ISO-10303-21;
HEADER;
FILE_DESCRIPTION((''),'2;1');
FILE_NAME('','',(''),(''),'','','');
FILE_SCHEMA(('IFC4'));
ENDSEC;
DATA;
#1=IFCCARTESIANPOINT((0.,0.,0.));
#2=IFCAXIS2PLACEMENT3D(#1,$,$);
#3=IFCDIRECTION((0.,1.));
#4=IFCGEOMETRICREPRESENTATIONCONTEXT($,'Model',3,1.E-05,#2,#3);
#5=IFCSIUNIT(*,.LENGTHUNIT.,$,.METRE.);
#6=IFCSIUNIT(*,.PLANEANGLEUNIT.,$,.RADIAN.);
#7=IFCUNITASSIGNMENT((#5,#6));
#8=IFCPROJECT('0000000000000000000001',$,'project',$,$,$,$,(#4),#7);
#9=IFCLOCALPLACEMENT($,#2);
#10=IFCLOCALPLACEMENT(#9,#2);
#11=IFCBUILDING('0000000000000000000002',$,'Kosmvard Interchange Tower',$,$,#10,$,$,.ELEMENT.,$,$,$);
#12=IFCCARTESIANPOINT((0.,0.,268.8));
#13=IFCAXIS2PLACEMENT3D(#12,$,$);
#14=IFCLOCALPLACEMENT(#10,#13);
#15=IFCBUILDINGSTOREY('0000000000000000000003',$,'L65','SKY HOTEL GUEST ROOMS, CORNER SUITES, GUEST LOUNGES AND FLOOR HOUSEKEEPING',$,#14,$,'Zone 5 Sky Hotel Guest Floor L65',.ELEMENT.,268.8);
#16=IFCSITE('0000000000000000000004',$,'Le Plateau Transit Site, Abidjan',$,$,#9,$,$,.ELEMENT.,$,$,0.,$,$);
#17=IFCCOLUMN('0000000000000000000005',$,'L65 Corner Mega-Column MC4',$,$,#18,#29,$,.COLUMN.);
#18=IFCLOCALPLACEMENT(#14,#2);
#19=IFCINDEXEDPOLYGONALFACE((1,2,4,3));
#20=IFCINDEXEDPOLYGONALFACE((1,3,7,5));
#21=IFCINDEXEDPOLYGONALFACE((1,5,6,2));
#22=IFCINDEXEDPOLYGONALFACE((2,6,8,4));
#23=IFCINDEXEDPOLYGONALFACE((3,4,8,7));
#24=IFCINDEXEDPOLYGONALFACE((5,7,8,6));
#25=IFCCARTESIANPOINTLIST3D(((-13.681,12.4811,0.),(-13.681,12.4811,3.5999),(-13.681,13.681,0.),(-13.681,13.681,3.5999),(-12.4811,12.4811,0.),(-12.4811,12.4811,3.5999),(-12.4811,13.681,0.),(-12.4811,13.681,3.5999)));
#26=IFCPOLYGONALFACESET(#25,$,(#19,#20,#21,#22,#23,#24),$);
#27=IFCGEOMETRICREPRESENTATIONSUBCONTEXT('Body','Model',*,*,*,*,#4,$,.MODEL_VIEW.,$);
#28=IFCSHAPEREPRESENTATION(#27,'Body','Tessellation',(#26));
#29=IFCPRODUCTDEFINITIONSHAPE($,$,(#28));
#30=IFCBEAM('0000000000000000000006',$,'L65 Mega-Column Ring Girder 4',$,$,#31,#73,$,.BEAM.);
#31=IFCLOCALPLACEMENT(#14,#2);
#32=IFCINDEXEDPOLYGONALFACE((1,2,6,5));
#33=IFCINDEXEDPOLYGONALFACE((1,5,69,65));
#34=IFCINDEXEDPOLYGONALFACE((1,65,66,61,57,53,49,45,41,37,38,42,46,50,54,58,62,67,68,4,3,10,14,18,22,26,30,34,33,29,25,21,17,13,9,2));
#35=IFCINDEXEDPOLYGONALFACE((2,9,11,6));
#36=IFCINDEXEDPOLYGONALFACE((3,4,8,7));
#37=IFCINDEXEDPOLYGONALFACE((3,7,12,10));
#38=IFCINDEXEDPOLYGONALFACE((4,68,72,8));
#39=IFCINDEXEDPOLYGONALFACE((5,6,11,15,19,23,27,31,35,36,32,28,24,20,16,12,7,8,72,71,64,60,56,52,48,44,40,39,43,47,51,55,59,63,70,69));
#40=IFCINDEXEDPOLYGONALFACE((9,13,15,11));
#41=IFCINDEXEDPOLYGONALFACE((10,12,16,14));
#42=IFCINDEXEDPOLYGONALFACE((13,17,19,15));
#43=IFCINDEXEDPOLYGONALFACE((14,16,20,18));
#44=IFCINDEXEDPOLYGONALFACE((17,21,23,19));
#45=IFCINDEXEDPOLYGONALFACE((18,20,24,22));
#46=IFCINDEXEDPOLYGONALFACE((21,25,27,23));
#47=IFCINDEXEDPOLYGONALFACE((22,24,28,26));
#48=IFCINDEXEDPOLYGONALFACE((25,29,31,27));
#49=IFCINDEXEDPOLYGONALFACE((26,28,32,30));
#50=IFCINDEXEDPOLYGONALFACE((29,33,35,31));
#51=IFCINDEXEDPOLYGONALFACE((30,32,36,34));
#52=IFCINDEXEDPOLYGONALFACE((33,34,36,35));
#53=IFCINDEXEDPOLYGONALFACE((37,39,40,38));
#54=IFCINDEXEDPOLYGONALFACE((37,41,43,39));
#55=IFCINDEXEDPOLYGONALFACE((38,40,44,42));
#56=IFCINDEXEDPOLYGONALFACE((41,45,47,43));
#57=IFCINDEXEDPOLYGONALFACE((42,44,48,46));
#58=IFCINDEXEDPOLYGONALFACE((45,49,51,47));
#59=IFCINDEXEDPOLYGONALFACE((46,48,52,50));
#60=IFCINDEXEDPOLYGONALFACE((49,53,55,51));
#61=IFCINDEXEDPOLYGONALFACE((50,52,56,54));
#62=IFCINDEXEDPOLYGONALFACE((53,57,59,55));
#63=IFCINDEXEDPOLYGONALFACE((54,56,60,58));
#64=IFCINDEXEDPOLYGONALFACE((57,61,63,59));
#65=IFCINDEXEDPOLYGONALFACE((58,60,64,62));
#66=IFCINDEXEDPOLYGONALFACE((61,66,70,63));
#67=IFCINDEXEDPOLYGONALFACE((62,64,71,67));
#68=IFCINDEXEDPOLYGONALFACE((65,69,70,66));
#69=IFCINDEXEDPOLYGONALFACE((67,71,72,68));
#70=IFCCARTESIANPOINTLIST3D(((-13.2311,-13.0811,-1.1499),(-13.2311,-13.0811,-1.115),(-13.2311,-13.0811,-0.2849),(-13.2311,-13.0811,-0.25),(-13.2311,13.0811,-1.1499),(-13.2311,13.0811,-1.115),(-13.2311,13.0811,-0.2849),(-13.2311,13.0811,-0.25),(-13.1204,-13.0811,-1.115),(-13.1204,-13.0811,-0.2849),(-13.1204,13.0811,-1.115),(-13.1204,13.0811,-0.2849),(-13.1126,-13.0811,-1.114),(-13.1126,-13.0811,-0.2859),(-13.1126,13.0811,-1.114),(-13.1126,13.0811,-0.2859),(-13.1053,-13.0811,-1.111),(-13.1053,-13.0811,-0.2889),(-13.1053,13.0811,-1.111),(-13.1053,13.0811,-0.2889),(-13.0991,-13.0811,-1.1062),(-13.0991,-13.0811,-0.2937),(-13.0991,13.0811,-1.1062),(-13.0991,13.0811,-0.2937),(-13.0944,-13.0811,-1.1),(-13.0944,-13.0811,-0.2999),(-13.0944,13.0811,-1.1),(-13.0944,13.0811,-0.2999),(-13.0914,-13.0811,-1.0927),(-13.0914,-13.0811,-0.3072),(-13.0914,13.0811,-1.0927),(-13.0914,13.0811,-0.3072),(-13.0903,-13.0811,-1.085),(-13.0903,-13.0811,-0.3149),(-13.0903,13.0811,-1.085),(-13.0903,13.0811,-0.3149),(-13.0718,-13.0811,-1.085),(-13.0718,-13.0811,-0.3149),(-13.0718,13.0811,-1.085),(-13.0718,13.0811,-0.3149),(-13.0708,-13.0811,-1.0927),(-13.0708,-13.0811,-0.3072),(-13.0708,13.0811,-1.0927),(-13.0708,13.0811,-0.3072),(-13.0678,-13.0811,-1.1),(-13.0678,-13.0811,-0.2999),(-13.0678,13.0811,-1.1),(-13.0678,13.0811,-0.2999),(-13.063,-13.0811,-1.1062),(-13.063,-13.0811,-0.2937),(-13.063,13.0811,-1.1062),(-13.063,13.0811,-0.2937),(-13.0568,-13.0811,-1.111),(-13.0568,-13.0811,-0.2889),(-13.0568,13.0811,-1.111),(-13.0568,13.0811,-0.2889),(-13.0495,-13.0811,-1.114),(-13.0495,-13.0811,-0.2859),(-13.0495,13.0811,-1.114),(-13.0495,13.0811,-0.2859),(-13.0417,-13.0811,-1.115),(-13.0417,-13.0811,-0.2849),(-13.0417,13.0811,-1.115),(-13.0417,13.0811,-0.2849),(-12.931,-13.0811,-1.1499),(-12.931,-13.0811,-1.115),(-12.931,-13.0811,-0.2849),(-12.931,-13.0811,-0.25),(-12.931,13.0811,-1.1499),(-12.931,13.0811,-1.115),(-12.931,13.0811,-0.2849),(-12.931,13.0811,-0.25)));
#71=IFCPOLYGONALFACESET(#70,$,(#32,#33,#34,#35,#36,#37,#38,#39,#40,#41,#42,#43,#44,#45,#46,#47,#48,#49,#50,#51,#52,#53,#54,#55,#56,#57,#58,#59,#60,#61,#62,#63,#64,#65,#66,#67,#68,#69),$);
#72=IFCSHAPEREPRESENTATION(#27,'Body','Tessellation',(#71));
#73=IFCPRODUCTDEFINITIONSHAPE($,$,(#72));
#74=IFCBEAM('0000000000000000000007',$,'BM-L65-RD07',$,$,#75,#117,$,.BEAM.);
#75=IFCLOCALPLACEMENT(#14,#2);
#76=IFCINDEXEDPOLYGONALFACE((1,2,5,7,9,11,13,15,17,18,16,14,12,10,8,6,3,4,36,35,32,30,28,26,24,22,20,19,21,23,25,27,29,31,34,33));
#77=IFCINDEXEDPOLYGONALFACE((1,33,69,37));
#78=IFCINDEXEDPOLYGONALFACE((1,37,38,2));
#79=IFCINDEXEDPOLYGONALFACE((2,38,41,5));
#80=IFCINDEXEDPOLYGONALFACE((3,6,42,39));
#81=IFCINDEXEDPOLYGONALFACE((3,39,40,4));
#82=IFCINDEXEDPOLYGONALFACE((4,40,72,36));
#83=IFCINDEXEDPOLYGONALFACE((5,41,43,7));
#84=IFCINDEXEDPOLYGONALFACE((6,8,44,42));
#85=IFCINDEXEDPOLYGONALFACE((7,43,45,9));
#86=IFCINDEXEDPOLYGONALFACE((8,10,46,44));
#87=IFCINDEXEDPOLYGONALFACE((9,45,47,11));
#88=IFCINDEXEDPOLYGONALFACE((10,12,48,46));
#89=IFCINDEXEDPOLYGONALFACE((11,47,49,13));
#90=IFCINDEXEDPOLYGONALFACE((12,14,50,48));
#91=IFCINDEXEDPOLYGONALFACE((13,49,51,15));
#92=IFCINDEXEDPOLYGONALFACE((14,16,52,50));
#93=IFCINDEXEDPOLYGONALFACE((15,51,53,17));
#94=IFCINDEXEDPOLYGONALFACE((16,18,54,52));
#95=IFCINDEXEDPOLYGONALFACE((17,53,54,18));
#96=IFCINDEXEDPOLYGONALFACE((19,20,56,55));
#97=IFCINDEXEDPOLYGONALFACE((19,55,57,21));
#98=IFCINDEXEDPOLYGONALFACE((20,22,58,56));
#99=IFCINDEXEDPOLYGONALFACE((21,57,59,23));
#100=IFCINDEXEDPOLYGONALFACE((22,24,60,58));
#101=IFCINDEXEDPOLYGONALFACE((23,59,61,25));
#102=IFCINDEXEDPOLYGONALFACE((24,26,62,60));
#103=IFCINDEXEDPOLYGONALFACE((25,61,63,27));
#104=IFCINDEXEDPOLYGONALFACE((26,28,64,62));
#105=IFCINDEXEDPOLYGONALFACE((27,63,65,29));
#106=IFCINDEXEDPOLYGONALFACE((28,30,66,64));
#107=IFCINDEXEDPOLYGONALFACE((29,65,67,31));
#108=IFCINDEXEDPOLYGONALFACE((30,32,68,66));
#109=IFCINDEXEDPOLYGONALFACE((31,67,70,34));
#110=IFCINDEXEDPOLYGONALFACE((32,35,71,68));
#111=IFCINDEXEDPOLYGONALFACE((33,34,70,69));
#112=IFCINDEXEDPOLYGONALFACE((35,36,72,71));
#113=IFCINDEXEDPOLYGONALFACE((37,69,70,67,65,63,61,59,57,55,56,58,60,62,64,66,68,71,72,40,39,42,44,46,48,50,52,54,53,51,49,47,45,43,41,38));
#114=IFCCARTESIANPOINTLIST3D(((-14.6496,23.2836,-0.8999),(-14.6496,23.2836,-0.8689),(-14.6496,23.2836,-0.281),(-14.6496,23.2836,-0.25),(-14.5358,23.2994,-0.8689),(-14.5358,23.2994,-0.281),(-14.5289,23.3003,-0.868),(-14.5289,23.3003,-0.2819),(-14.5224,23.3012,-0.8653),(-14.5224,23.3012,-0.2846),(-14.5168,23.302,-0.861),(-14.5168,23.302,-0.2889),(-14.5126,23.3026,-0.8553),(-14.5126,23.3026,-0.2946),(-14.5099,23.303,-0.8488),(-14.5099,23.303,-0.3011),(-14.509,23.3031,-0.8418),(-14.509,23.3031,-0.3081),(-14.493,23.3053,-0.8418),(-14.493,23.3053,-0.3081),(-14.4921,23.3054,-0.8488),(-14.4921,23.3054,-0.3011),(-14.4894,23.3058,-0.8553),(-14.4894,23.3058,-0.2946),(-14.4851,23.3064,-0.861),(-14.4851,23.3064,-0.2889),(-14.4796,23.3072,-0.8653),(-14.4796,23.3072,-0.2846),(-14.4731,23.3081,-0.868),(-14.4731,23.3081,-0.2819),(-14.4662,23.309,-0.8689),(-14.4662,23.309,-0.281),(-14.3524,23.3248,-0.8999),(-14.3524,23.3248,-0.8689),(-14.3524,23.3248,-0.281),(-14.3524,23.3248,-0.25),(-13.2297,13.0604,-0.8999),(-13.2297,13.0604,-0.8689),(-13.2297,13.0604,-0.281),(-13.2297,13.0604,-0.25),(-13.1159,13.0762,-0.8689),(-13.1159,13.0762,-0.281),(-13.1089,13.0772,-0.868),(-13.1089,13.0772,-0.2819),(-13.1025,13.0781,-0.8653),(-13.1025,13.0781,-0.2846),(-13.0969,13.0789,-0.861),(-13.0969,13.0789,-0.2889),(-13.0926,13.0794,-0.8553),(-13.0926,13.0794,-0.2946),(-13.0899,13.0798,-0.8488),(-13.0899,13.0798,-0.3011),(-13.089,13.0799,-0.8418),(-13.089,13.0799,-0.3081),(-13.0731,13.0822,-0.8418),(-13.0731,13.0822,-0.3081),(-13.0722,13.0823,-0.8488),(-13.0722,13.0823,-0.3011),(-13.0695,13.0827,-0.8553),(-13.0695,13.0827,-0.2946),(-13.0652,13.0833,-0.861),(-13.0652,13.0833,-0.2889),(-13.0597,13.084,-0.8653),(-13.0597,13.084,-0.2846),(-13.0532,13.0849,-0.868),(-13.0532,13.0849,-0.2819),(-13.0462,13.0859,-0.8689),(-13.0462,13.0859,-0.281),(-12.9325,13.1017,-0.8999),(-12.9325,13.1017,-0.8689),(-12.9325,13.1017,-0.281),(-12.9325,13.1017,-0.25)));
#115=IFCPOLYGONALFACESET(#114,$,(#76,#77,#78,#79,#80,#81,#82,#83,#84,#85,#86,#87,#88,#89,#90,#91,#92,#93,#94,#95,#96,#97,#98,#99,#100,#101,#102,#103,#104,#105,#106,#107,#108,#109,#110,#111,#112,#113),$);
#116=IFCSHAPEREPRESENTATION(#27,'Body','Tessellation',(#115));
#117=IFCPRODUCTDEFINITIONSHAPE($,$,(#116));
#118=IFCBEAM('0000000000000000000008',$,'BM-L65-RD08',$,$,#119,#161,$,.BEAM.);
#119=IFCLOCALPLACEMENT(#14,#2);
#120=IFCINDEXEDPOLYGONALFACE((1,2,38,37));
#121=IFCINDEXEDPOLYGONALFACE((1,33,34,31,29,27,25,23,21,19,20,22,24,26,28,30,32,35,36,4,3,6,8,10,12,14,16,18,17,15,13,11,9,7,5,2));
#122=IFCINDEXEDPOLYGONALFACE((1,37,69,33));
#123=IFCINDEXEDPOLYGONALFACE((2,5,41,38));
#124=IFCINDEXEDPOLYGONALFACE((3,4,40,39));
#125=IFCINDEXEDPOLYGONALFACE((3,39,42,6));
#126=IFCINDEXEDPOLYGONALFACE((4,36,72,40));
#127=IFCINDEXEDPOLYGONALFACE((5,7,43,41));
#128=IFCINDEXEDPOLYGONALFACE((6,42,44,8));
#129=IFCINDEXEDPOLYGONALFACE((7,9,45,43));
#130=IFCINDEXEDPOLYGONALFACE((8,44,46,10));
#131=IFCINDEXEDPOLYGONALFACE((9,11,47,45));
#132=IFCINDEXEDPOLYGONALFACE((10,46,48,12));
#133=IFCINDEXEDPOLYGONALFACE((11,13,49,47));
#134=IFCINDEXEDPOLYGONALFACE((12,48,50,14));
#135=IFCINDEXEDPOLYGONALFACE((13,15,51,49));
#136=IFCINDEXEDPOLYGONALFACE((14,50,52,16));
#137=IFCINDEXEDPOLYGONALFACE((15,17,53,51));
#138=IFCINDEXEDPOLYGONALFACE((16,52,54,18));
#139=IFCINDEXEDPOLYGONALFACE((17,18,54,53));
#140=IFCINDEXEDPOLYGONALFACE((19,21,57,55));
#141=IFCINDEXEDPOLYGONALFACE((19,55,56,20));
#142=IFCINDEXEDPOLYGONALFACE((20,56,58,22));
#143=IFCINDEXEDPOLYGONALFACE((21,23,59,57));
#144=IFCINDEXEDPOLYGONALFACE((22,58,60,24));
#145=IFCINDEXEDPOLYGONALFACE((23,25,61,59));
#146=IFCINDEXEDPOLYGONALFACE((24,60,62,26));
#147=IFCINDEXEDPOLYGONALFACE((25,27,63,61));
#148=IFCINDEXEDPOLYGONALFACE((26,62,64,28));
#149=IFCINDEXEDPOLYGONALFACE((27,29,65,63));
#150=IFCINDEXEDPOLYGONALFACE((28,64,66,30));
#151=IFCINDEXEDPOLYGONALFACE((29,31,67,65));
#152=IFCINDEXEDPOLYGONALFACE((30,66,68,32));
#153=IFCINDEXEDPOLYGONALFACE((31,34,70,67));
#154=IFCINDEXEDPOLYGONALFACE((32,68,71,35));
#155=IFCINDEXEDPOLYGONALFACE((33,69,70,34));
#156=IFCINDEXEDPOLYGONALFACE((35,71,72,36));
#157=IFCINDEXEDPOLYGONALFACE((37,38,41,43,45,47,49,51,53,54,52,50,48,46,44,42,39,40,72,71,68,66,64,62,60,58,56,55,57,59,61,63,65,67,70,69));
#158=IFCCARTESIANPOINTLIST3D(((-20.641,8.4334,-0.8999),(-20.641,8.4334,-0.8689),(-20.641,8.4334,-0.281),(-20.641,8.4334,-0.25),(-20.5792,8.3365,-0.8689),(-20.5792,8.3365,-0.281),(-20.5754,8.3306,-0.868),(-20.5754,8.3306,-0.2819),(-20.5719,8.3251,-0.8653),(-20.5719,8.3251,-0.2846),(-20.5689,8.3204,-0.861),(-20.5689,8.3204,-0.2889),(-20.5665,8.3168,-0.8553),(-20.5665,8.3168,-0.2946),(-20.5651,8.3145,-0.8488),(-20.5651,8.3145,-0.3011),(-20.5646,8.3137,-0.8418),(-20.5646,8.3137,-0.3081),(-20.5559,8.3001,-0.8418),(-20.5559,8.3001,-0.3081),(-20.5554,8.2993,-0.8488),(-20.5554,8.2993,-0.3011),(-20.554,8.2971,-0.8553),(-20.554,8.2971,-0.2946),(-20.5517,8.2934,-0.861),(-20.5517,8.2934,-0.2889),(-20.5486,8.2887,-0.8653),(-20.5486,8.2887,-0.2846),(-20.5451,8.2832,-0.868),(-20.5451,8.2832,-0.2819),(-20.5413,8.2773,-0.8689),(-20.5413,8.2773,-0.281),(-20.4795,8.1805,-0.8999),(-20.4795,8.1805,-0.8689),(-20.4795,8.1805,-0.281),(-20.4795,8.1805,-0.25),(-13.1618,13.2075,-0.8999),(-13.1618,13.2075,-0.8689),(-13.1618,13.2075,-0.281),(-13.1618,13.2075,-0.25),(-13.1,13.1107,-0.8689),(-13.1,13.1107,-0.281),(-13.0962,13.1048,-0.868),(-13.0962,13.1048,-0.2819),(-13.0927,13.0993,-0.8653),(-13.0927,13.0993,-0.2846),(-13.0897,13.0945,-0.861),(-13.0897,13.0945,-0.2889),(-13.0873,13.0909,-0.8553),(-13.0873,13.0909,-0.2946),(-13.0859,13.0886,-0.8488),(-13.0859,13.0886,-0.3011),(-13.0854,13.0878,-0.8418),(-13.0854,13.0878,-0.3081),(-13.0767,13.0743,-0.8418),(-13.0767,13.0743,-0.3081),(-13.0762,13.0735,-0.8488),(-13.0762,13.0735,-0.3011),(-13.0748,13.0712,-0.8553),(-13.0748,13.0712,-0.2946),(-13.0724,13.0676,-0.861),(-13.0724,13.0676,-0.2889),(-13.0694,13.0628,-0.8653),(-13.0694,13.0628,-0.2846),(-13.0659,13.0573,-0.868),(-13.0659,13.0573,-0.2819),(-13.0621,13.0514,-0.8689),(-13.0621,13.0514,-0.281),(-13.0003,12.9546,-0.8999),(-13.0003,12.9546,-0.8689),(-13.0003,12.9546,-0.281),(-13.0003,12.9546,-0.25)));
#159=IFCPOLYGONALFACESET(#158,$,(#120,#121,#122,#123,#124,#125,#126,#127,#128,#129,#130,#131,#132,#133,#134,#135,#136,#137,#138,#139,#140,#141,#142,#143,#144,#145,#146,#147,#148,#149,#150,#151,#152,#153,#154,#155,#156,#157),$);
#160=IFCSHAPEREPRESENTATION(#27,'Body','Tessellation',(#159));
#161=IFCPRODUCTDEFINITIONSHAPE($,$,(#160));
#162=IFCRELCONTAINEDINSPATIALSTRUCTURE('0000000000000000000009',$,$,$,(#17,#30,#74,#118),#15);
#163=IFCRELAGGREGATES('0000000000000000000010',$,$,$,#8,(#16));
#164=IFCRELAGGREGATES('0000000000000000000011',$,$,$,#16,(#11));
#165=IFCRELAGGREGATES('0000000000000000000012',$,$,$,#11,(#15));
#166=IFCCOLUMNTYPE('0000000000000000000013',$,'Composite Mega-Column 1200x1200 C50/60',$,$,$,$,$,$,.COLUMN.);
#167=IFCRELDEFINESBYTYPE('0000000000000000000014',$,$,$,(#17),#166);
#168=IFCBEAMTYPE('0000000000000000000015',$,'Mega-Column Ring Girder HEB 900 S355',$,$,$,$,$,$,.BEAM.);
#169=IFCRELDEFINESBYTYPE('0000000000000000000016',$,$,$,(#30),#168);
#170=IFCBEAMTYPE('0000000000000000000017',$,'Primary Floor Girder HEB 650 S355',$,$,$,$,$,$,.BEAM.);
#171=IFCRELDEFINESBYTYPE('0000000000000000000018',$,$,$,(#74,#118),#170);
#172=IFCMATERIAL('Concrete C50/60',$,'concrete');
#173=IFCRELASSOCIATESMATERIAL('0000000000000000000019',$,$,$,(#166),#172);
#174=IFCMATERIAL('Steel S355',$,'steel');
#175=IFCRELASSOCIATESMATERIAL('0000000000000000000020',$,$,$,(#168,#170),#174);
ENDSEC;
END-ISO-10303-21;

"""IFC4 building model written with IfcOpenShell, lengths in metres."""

from ifc_helpers import new_model, si_unit, direction, frame, origin, origin_2d, place, context, subcontext, project, spatial, rectangle, i_section, extrude, source, transform, mapped, material, material_profile, profile_set, type_object, element, save


model = new_model("IFC4")

# Units and contexts
model_context = context("Model", 3, precision=1e-05, world=origin(), true_north=direction((0.0, 1.0)))
body_context = subcontext(model_context, "Body", "Model", "MODEL_VIEW")
ifc_project = project(units=[si_unit("LENGTHUNIT", "METRE"), si_unit("PLANEANGLEUNIT", "RADIAN")], contexts=[model_context])

# Site, building, storey
site_placement = place(None, origin())
site = spatial("IfcSite", under=ifc_project, at=site_placement, Name="Le Plateau Transit Site, Abidjan", CompositionType="ELEMENT", RefElevation=0.0)
building_placement = place(site_placement, origin())
building = spatial("IfcBuilding", under=site, at=building_placement, Name="Kosmvard Interchange Tower", CompositionType="ELEMENT")
storey_placement = place(building_placement, frame((0.0, 0.0, 268.8)))
storey = spatial("IfcBuildingStorey", under=building, at=storey_placement, Name="L65", Description="SKY HOTEL GUEST ROOMS, CORNER SUITES, GUEST LOUNGES AND FLOOR HOUSEKEEPING", LongName="Zone 5 Sky Hotel Guest Floor L65", CompositionType="ELEMENT", Elevation=268.8)

# Column
ifc_material_1 = material(Name="Concrete C50/60", Category="concrete")
ifc_material_profile_1 = material_profile(ifc_material_1, rectangle(XDim=1.2, YDim=1.2, at=origin_2d()), Name="MC 1200x1200")
ifc_profile_set_1 = profile_set([ifc_material_profile_1], Name="Concrete C50/60")
column_type = type_object("IfcColumnType", Name="Composite Mega-Column 1200x1200 C50/60", PredefinedType="COLUMN", material=ifc_profile_set_1)
shared_shape_1 = source(origin(), body_context, "Body", "SweptSolid", [
    extrude(rectangle(XDim=1.2, YDim=1.2, at=origin_2d()), origin(), (0.0, 0.0, 1.0), 3.5999),
])
column_placement = place(storey_placement, frame((-13.0811, 13.0811, 0.0), z_axis=(0.0, 0.0, 1.0), x_axis=(1.0, 0.0, 0.0)))
element("IfcColumn", 1, at=column_placement, inside=storey, type_object=column_type, Name="L65 Corner Mega-Column MC4", PredefinedType="COLUMN", context=body_context, shape_type="MappedRepresentation", body=[
    mapped(shared_shape_1, transform((0.0, 0.0, 0.0), scale=1.0)),
])

# Beams
ifc_material_2 = material(Name="Steel S355", Category="steel")
ifc_material_profile_2 = material_profile(ifc_material_2, i_section(OverallWidth=0.3, OverallDepth=0.8999, WebThickness=0.0186, FlangeThickness=0.0349, FilletRadius=0.03, at=origin_2d()), Name="HEB 900")
ifc_profile_set_2 = profile_set([ifc_material_profile_2], Name="Steel S355")
beam_type_1 = type_object("IfcBeamType", Name="Mega-Column Ring Girder HEB 900 S355", PredefinedType="BEAM", material=ifc_profile_set_2)
shared_shape_2 = source(origin(), body_context, "Body", "SweptSolid", [
    extrude(i_section(OverallWidth=0.3, OverallDepth=0.8999, WebThickness=0.0186, FlangeThickness=0.0349, FilletRadius=0.03, at=origin_2d()), origin(), (0.0, 0.0, 1.0), 26.1621),
])
beam_1_placement = place(storey_placement, frame((-13.0811, 13.0811, -0.7), z_axis=(0.0, -1.0, 0.0), x_axis=(1.0, 0.0, 0.0)))
element("IfcBeam", 2, at=beam_1_placement, inside=storey, type_object=beam_type_1, Name="L65 Mega-Column Ring Girder 4", PredefinedType="BEAM", context=body_context, shape_type="MappedRepresentation", body=[
    mapped(shared_shape_2, transform((0.0, 0.0, 0.0), scale=1.0)),
])
ifc_material_profile_3 = material_profile(ifc_material_2, i_section(OverallWidth=0.3, OverallDepth=0.6499, WebThickness=0.0161, FlangeThickness=0.031, FilletRadius=0.0271, at=origin_2d()), Name="HEB 650")
ifc_profile_set_3 = profile_set([ifc_material_profile_3], Name="Steel S355")
beam_type_2 = type_object("IfcBeamType", Name="Primary Floor Girder HEB 650 S355", PredefinedType="BEAM", material=ifc_profile_set_3)
shared_shape_3 = source(origin(), body_context, "Body", "SweptSolid", [
    extrude(i_section(OverallWidth=0.3, OverallDepth=0.6499, WebThickness=0.0161, FlangeThickness=0.031, FilletRadius=0.0271, at=origin_2d()), origin(), (0.0, 0.0, 1.0), 10.3213),
])
beam_2_placement = place(storey_placement, frame((-13.0811, 13.0811, -0.575), z_axis=(-0.137572, 0.990492, 0.0), x_axis=(-0.990492, -0.137572, 0.0)))
element("IfcBeam", 3, at=beam_2_placement, inside=storey, type_object=beam_type_2, Name="BM-L65-RD07", PredefinedType="BEAM", context=body_context, shape_type="MappedRepresentation", body=[
    mapped(shared_shape_3, transform((0.0, 0.0, 0.0), scale=1.0)),
])
shared_shape_4 = source(origin(), body_context, "Body", "SweptSolid", [
    extrude(i_section(OverallWidth=0.3, OverallDepth=0.6499, WebThickness=0.0161, FlangeThickness=0.031, FilletRadius=0.0271, at=origin_2d()), origin(), (0.0, 0.0, 1.0), 8.873),
])
beam_3_placement = place(storey_placement, frame((-13.0811, 13.0811, -0.575), z_axis=(-0.842913, -0.53805, 0.0), x_axis=(0.53805, -0.842913, 0.0)))
element("IfcBeam", 4, at=beam_3_placement, inside=storey, type_object=beam_type_2, Name="BM-L65-RD08", PredefinedType="BEAM", context=body_context, shape_type="MappedRepresentation", body=[
    mapped(shared_shape_4, transform((0.0, 0.0, 0.0), scale=1.0)),
])

save(model, "model.ifc")
